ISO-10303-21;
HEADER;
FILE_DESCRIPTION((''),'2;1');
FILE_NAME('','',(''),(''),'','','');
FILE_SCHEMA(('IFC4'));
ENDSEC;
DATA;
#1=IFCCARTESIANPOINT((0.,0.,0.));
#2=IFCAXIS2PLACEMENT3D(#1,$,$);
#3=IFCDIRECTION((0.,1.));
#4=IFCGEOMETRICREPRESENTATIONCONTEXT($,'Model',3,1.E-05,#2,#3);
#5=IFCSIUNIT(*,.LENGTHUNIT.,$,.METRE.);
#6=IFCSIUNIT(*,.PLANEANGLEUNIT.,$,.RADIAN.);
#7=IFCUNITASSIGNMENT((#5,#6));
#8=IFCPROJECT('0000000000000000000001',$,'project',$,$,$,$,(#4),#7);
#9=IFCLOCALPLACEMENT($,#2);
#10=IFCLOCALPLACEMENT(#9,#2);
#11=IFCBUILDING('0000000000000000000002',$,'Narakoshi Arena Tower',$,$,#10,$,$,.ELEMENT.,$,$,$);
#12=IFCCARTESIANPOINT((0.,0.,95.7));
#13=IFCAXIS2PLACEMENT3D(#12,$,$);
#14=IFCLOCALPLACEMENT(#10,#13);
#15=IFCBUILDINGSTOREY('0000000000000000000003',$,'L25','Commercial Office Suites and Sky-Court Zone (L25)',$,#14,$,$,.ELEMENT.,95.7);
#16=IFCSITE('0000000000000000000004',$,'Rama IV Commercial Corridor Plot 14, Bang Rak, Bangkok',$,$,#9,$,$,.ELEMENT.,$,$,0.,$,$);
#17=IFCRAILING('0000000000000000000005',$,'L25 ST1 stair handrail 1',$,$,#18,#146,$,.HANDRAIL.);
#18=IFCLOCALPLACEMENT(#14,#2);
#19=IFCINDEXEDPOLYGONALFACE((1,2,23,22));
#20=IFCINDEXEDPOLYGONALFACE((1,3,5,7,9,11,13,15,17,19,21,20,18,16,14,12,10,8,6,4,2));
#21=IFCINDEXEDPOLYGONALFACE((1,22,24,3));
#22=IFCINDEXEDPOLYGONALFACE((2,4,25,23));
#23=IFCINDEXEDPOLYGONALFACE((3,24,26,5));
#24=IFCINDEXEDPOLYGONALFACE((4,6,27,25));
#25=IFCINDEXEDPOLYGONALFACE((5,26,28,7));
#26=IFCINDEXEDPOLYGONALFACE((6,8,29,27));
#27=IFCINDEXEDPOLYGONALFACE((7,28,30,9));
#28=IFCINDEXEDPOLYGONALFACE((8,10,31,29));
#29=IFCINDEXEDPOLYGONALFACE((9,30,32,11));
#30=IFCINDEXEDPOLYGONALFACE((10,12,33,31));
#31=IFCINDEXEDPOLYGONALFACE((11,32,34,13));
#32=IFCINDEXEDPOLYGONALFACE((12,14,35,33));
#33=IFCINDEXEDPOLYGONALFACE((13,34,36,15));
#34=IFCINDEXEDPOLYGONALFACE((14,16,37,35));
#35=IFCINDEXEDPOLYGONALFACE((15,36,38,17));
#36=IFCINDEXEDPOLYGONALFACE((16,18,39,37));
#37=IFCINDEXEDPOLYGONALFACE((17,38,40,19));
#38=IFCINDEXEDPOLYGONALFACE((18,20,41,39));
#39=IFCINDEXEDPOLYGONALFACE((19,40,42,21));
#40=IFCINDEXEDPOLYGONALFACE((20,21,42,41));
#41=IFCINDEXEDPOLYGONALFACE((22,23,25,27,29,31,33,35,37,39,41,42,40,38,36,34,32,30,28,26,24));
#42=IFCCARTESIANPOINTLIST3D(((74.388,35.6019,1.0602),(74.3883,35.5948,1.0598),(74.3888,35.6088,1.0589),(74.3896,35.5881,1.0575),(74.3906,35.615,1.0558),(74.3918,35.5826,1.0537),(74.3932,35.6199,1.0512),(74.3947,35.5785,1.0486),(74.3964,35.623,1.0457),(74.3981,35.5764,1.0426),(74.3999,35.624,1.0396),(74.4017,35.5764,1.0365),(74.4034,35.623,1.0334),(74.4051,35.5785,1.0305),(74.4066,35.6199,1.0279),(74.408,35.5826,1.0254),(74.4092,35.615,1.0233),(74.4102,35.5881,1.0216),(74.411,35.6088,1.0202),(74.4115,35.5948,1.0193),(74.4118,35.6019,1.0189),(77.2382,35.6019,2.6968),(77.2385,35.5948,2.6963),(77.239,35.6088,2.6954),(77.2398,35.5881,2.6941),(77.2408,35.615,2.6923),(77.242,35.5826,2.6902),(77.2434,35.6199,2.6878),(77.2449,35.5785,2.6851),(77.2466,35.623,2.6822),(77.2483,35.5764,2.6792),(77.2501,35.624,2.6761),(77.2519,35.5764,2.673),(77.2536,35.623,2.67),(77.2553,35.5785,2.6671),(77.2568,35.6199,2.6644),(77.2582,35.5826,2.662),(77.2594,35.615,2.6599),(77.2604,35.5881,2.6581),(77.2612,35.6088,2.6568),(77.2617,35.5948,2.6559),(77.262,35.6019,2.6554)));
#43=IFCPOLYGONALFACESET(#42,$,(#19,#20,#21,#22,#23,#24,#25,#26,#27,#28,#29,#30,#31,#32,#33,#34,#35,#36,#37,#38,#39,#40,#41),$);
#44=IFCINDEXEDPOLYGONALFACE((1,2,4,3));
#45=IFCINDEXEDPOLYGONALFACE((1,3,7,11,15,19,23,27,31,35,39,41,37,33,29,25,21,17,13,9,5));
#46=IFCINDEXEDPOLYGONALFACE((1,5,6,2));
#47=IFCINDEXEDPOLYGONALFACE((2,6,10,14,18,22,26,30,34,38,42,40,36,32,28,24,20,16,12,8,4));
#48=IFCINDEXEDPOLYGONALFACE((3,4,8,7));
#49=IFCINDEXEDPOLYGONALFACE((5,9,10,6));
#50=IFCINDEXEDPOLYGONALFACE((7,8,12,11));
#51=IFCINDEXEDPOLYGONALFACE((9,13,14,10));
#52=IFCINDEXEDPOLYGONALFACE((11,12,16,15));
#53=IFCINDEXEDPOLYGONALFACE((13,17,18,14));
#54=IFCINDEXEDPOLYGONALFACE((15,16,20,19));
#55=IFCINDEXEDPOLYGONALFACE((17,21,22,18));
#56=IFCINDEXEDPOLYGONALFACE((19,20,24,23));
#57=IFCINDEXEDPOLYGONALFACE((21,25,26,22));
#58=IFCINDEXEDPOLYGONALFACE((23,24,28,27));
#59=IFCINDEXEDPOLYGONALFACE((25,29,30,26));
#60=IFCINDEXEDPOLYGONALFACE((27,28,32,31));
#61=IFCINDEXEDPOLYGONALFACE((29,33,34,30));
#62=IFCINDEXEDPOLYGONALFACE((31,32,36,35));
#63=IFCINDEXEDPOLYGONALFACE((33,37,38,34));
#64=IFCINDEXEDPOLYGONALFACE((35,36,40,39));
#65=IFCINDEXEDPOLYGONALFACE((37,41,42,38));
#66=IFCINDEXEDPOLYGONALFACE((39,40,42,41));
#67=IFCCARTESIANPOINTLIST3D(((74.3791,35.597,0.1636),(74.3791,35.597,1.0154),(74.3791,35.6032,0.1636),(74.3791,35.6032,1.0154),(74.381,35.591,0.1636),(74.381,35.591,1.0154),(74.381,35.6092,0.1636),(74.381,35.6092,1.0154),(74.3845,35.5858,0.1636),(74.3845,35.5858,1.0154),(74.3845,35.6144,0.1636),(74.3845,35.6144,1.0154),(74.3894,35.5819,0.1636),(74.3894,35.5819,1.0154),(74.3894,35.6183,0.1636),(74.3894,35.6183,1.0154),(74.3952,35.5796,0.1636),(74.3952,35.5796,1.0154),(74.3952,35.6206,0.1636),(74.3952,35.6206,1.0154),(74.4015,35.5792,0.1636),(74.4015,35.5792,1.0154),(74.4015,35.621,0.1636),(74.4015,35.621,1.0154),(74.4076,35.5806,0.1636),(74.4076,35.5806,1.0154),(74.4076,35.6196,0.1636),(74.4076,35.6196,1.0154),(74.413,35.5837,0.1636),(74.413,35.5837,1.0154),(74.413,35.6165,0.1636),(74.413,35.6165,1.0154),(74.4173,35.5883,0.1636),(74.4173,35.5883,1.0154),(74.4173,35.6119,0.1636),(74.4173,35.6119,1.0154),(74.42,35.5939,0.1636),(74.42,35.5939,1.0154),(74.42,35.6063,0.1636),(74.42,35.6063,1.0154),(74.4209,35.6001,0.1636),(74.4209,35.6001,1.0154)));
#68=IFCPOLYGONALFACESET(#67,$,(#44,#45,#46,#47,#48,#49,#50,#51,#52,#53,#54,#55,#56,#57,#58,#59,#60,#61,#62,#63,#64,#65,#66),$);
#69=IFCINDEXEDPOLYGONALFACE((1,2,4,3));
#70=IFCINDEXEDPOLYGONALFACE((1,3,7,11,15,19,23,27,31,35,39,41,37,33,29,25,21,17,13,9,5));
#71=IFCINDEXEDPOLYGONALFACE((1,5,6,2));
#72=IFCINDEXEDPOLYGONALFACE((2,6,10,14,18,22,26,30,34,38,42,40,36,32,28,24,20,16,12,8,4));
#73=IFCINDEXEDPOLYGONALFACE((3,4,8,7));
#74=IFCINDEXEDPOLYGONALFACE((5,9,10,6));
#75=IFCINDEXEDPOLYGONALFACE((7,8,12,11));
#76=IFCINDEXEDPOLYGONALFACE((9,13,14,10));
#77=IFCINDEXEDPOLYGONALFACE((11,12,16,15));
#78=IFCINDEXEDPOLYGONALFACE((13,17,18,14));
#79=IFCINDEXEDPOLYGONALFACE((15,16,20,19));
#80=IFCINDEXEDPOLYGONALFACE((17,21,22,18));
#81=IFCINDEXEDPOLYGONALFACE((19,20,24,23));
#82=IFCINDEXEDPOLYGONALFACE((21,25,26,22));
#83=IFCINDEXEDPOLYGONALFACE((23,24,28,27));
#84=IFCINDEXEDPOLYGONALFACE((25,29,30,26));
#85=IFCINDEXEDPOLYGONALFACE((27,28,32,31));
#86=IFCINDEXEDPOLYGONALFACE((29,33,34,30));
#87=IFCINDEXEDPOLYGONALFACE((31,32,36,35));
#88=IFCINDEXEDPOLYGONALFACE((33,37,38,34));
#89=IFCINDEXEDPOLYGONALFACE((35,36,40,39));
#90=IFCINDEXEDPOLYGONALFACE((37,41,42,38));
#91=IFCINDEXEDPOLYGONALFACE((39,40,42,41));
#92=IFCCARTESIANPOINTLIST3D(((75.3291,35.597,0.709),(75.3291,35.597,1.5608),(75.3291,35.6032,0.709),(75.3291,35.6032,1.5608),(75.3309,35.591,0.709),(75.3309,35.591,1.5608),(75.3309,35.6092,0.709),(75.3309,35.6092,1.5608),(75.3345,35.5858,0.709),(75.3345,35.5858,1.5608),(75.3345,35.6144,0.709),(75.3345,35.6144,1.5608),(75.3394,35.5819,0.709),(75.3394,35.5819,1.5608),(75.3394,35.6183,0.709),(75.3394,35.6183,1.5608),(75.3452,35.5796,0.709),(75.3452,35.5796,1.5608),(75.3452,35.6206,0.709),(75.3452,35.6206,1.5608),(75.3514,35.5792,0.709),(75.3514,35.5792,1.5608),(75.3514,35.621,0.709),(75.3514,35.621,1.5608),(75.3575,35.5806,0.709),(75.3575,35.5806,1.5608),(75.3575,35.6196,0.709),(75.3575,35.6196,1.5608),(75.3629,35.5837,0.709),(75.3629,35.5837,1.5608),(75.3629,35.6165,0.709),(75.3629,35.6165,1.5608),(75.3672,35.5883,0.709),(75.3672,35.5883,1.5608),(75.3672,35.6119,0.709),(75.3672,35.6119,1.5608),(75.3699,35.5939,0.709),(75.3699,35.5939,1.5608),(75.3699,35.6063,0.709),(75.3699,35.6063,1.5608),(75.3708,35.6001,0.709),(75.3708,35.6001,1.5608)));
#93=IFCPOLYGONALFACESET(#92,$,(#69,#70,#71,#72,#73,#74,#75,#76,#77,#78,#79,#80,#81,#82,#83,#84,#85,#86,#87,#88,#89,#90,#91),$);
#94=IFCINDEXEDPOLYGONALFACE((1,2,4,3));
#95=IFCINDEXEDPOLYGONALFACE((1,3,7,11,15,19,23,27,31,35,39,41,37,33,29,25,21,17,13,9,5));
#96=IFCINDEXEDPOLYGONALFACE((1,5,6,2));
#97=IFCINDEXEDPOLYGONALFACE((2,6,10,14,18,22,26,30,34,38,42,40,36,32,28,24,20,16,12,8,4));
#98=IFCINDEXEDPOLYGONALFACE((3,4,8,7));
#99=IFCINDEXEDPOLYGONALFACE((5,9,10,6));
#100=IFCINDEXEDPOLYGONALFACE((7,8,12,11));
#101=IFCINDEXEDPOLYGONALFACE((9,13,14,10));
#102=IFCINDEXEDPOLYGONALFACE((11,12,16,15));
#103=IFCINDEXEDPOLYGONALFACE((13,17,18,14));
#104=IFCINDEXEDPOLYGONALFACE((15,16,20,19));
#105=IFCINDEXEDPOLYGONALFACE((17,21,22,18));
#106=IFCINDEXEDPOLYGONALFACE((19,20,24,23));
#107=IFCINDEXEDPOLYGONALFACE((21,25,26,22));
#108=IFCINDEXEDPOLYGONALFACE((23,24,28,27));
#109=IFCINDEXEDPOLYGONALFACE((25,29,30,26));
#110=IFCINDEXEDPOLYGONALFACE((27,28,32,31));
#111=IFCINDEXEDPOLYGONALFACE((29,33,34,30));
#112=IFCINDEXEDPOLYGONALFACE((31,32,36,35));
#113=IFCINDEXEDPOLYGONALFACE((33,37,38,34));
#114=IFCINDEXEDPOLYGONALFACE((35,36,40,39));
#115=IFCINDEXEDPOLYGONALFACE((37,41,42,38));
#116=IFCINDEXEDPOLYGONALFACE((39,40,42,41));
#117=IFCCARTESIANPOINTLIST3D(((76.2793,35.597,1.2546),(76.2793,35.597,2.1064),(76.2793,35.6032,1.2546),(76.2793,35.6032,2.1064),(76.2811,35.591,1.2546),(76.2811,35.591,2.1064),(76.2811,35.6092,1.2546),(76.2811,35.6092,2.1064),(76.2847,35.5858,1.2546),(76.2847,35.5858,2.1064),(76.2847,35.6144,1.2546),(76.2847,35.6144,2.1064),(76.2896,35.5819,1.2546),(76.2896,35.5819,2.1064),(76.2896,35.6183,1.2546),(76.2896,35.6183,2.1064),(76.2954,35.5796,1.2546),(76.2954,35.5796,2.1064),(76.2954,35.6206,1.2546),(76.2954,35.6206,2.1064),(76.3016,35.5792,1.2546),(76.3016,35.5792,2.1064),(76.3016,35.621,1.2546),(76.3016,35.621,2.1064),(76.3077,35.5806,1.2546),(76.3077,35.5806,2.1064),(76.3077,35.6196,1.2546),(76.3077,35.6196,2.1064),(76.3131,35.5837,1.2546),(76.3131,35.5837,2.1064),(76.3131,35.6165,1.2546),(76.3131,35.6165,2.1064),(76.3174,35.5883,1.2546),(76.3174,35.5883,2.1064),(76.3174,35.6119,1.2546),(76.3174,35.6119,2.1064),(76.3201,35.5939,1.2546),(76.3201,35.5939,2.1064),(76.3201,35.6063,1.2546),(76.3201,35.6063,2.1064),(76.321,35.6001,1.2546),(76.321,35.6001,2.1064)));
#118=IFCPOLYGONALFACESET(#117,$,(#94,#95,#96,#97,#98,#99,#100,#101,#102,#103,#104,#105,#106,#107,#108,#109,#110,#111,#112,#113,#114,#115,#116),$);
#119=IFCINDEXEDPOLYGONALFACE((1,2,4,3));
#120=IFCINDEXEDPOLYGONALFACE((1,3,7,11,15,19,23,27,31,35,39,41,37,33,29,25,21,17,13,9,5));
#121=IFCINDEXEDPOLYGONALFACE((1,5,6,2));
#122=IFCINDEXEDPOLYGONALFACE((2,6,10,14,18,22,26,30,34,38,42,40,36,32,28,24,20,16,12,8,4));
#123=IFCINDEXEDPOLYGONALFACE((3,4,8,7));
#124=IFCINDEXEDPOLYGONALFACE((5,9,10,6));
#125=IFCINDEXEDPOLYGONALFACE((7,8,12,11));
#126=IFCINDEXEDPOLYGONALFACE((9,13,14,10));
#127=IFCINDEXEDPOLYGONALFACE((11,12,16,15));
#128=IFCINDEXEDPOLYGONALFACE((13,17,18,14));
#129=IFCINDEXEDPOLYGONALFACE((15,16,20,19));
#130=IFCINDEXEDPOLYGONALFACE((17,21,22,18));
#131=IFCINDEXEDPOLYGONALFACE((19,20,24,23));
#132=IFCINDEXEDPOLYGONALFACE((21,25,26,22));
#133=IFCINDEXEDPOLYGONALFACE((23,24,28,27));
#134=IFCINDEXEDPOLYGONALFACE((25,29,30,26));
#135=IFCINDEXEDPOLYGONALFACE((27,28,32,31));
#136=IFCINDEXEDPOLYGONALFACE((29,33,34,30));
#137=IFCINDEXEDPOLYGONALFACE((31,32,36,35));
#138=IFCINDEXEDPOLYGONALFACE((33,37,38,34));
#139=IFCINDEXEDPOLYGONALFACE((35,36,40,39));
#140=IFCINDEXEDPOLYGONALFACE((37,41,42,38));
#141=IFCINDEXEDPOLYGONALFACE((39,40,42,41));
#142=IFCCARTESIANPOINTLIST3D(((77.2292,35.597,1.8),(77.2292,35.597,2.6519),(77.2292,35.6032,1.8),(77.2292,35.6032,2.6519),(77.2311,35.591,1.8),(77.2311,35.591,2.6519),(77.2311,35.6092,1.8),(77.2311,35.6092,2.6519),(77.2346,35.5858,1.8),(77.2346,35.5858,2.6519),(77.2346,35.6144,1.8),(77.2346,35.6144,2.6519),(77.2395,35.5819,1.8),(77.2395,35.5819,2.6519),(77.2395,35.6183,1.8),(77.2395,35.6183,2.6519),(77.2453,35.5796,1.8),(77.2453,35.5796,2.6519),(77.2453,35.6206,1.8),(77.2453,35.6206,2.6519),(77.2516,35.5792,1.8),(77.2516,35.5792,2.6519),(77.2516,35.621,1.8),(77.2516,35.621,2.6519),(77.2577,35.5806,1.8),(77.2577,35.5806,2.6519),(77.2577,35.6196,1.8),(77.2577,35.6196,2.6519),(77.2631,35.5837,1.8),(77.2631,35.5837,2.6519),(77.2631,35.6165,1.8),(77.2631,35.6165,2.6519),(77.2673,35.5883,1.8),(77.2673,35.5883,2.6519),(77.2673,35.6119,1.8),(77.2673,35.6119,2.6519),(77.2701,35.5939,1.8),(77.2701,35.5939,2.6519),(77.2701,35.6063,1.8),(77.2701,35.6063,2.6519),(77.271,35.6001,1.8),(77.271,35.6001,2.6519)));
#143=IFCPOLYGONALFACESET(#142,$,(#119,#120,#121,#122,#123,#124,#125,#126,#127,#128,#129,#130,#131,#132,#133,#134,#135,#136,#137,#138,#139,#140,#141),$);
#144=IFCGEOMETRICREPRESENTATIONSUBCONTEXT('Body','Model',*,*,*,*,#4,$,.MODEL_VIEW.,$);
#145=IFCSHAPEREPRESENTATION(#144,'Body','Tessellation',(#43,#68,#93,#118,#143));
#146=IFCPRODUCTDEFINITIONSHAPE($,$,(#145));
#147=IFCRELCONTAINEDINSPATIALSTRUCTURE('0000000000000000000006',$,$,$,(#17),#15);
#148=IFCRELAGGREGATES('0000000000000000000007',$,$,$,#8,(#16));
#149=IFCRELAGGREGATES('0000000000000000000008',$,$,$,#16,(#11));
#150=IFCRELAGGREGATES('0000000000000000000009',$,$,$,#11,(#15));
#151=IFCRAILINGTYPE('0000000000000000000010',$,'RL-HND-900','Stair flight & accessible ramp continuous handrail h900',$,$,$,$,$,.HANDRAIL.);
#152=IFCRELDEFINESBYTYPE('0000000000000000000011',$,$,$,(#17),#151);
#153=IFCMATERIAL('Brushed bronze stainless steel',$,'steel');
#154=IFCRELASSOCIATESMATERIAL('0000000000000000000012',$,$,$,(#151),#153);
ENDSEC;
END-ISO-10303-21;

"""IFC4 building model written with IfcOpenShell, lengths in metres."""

from ifc_helpers import new_model, si_unit, direction, frame, origin, origin_2d, place, context, subcontext, project, spatial, circle, extrude, material, type_object, element, save


model = new_model("IFC4")

# Units and contexts
model_context = context("Model", 3, precision=1e-05, world=origin(), true_north=direction((0.0, 1.0)))
body_context = subcontext(model_context, "Body", "Model", "MODEL_VIEW")
ifc_project = project(units=[si_unit("LENGTHUNIT", "METRE"), si_unit("PLANEANGLEUNIT", "RADIAN")], contexts=[model_context])

# Site, building, storey
site_placement = place(None, origin())
site = spatial("IfcSite", under=ifc_project, at=site_placement, Name="Rama IV Commercial Corridor Plot 14, Bang Rak, Bangkok", CompositionType="ELEMENT", RefElevation=0.0)
building_placement = place(site_placement, origin())
building = spatial("IfcBuilding", under=site, at=building_placement, Name="Narakoshi Arena Tower", CompositionType="ELEMENT")
storey_placement = place(building_placement, frame((0.0, 0.0, 95.7)))
storey = spatial("IfcBuildingStorey", under=building, at=storey_placement, Name="L25", Description="Commercial Office Suites and Sky-Court Zone (L25)", CompositionType="ELEMENT", Elevation=95.7)

# Railing
ifc_material_1 = material(Name="Brushed bronze stainless steel", Category="steel")
railing_type_1 = type_object("IfcRailingType", Name="RL-HND-900", Description="Stair flight & accessible ramp continuous handrail h900", PredefinedType="HANDRAIL", material=ifc_material_1)
railing_1_placement = place(storey_placement, frame((74.3999, 35.6001, 0.1636)))
element("IfcRailing", 1, at=railing_1_placement, inside=storey, type_object=railing_type_1, Name="L25 ST1 stair handrail 1", PredefinedType="HANDRAIL", context=body_context, shape_type="SweptSolid", body=[
    extrude(circle(Radius=0.0239, at=origin_2d()), frame((0.0, 0.0, 0.876), z_axis=(0.867213, 0.0, 0.497938), x_axis=(0.0, 1.0, 0.0)), (0.0, 0.0, 1.0), 3.2866),
    extrude(circle(Radius=0.021, at=origin_2d()), origin(), (0.0, 0.0, 1.0), 0.8518),
    extrude(circle(Radius=0.021, at=origin_2d()), frame((0.95, 0.0, 0.5454)), (0.0, 0.0, 1.0), 0.8518),
    extrude(circle(Radius=0.021, at=origin_2d()), frame((1.9001, 0.0, 1.0911)), (0.0, 0.0, 1.0), 0.8518),
    extrude(circle(Radius=0.021, at=origin_2d()), frame((2.8501, 0.0, 1.6365)), (0.0, 0.0, 1.0), 0.8518),
])

save(model, "model.ifc")
